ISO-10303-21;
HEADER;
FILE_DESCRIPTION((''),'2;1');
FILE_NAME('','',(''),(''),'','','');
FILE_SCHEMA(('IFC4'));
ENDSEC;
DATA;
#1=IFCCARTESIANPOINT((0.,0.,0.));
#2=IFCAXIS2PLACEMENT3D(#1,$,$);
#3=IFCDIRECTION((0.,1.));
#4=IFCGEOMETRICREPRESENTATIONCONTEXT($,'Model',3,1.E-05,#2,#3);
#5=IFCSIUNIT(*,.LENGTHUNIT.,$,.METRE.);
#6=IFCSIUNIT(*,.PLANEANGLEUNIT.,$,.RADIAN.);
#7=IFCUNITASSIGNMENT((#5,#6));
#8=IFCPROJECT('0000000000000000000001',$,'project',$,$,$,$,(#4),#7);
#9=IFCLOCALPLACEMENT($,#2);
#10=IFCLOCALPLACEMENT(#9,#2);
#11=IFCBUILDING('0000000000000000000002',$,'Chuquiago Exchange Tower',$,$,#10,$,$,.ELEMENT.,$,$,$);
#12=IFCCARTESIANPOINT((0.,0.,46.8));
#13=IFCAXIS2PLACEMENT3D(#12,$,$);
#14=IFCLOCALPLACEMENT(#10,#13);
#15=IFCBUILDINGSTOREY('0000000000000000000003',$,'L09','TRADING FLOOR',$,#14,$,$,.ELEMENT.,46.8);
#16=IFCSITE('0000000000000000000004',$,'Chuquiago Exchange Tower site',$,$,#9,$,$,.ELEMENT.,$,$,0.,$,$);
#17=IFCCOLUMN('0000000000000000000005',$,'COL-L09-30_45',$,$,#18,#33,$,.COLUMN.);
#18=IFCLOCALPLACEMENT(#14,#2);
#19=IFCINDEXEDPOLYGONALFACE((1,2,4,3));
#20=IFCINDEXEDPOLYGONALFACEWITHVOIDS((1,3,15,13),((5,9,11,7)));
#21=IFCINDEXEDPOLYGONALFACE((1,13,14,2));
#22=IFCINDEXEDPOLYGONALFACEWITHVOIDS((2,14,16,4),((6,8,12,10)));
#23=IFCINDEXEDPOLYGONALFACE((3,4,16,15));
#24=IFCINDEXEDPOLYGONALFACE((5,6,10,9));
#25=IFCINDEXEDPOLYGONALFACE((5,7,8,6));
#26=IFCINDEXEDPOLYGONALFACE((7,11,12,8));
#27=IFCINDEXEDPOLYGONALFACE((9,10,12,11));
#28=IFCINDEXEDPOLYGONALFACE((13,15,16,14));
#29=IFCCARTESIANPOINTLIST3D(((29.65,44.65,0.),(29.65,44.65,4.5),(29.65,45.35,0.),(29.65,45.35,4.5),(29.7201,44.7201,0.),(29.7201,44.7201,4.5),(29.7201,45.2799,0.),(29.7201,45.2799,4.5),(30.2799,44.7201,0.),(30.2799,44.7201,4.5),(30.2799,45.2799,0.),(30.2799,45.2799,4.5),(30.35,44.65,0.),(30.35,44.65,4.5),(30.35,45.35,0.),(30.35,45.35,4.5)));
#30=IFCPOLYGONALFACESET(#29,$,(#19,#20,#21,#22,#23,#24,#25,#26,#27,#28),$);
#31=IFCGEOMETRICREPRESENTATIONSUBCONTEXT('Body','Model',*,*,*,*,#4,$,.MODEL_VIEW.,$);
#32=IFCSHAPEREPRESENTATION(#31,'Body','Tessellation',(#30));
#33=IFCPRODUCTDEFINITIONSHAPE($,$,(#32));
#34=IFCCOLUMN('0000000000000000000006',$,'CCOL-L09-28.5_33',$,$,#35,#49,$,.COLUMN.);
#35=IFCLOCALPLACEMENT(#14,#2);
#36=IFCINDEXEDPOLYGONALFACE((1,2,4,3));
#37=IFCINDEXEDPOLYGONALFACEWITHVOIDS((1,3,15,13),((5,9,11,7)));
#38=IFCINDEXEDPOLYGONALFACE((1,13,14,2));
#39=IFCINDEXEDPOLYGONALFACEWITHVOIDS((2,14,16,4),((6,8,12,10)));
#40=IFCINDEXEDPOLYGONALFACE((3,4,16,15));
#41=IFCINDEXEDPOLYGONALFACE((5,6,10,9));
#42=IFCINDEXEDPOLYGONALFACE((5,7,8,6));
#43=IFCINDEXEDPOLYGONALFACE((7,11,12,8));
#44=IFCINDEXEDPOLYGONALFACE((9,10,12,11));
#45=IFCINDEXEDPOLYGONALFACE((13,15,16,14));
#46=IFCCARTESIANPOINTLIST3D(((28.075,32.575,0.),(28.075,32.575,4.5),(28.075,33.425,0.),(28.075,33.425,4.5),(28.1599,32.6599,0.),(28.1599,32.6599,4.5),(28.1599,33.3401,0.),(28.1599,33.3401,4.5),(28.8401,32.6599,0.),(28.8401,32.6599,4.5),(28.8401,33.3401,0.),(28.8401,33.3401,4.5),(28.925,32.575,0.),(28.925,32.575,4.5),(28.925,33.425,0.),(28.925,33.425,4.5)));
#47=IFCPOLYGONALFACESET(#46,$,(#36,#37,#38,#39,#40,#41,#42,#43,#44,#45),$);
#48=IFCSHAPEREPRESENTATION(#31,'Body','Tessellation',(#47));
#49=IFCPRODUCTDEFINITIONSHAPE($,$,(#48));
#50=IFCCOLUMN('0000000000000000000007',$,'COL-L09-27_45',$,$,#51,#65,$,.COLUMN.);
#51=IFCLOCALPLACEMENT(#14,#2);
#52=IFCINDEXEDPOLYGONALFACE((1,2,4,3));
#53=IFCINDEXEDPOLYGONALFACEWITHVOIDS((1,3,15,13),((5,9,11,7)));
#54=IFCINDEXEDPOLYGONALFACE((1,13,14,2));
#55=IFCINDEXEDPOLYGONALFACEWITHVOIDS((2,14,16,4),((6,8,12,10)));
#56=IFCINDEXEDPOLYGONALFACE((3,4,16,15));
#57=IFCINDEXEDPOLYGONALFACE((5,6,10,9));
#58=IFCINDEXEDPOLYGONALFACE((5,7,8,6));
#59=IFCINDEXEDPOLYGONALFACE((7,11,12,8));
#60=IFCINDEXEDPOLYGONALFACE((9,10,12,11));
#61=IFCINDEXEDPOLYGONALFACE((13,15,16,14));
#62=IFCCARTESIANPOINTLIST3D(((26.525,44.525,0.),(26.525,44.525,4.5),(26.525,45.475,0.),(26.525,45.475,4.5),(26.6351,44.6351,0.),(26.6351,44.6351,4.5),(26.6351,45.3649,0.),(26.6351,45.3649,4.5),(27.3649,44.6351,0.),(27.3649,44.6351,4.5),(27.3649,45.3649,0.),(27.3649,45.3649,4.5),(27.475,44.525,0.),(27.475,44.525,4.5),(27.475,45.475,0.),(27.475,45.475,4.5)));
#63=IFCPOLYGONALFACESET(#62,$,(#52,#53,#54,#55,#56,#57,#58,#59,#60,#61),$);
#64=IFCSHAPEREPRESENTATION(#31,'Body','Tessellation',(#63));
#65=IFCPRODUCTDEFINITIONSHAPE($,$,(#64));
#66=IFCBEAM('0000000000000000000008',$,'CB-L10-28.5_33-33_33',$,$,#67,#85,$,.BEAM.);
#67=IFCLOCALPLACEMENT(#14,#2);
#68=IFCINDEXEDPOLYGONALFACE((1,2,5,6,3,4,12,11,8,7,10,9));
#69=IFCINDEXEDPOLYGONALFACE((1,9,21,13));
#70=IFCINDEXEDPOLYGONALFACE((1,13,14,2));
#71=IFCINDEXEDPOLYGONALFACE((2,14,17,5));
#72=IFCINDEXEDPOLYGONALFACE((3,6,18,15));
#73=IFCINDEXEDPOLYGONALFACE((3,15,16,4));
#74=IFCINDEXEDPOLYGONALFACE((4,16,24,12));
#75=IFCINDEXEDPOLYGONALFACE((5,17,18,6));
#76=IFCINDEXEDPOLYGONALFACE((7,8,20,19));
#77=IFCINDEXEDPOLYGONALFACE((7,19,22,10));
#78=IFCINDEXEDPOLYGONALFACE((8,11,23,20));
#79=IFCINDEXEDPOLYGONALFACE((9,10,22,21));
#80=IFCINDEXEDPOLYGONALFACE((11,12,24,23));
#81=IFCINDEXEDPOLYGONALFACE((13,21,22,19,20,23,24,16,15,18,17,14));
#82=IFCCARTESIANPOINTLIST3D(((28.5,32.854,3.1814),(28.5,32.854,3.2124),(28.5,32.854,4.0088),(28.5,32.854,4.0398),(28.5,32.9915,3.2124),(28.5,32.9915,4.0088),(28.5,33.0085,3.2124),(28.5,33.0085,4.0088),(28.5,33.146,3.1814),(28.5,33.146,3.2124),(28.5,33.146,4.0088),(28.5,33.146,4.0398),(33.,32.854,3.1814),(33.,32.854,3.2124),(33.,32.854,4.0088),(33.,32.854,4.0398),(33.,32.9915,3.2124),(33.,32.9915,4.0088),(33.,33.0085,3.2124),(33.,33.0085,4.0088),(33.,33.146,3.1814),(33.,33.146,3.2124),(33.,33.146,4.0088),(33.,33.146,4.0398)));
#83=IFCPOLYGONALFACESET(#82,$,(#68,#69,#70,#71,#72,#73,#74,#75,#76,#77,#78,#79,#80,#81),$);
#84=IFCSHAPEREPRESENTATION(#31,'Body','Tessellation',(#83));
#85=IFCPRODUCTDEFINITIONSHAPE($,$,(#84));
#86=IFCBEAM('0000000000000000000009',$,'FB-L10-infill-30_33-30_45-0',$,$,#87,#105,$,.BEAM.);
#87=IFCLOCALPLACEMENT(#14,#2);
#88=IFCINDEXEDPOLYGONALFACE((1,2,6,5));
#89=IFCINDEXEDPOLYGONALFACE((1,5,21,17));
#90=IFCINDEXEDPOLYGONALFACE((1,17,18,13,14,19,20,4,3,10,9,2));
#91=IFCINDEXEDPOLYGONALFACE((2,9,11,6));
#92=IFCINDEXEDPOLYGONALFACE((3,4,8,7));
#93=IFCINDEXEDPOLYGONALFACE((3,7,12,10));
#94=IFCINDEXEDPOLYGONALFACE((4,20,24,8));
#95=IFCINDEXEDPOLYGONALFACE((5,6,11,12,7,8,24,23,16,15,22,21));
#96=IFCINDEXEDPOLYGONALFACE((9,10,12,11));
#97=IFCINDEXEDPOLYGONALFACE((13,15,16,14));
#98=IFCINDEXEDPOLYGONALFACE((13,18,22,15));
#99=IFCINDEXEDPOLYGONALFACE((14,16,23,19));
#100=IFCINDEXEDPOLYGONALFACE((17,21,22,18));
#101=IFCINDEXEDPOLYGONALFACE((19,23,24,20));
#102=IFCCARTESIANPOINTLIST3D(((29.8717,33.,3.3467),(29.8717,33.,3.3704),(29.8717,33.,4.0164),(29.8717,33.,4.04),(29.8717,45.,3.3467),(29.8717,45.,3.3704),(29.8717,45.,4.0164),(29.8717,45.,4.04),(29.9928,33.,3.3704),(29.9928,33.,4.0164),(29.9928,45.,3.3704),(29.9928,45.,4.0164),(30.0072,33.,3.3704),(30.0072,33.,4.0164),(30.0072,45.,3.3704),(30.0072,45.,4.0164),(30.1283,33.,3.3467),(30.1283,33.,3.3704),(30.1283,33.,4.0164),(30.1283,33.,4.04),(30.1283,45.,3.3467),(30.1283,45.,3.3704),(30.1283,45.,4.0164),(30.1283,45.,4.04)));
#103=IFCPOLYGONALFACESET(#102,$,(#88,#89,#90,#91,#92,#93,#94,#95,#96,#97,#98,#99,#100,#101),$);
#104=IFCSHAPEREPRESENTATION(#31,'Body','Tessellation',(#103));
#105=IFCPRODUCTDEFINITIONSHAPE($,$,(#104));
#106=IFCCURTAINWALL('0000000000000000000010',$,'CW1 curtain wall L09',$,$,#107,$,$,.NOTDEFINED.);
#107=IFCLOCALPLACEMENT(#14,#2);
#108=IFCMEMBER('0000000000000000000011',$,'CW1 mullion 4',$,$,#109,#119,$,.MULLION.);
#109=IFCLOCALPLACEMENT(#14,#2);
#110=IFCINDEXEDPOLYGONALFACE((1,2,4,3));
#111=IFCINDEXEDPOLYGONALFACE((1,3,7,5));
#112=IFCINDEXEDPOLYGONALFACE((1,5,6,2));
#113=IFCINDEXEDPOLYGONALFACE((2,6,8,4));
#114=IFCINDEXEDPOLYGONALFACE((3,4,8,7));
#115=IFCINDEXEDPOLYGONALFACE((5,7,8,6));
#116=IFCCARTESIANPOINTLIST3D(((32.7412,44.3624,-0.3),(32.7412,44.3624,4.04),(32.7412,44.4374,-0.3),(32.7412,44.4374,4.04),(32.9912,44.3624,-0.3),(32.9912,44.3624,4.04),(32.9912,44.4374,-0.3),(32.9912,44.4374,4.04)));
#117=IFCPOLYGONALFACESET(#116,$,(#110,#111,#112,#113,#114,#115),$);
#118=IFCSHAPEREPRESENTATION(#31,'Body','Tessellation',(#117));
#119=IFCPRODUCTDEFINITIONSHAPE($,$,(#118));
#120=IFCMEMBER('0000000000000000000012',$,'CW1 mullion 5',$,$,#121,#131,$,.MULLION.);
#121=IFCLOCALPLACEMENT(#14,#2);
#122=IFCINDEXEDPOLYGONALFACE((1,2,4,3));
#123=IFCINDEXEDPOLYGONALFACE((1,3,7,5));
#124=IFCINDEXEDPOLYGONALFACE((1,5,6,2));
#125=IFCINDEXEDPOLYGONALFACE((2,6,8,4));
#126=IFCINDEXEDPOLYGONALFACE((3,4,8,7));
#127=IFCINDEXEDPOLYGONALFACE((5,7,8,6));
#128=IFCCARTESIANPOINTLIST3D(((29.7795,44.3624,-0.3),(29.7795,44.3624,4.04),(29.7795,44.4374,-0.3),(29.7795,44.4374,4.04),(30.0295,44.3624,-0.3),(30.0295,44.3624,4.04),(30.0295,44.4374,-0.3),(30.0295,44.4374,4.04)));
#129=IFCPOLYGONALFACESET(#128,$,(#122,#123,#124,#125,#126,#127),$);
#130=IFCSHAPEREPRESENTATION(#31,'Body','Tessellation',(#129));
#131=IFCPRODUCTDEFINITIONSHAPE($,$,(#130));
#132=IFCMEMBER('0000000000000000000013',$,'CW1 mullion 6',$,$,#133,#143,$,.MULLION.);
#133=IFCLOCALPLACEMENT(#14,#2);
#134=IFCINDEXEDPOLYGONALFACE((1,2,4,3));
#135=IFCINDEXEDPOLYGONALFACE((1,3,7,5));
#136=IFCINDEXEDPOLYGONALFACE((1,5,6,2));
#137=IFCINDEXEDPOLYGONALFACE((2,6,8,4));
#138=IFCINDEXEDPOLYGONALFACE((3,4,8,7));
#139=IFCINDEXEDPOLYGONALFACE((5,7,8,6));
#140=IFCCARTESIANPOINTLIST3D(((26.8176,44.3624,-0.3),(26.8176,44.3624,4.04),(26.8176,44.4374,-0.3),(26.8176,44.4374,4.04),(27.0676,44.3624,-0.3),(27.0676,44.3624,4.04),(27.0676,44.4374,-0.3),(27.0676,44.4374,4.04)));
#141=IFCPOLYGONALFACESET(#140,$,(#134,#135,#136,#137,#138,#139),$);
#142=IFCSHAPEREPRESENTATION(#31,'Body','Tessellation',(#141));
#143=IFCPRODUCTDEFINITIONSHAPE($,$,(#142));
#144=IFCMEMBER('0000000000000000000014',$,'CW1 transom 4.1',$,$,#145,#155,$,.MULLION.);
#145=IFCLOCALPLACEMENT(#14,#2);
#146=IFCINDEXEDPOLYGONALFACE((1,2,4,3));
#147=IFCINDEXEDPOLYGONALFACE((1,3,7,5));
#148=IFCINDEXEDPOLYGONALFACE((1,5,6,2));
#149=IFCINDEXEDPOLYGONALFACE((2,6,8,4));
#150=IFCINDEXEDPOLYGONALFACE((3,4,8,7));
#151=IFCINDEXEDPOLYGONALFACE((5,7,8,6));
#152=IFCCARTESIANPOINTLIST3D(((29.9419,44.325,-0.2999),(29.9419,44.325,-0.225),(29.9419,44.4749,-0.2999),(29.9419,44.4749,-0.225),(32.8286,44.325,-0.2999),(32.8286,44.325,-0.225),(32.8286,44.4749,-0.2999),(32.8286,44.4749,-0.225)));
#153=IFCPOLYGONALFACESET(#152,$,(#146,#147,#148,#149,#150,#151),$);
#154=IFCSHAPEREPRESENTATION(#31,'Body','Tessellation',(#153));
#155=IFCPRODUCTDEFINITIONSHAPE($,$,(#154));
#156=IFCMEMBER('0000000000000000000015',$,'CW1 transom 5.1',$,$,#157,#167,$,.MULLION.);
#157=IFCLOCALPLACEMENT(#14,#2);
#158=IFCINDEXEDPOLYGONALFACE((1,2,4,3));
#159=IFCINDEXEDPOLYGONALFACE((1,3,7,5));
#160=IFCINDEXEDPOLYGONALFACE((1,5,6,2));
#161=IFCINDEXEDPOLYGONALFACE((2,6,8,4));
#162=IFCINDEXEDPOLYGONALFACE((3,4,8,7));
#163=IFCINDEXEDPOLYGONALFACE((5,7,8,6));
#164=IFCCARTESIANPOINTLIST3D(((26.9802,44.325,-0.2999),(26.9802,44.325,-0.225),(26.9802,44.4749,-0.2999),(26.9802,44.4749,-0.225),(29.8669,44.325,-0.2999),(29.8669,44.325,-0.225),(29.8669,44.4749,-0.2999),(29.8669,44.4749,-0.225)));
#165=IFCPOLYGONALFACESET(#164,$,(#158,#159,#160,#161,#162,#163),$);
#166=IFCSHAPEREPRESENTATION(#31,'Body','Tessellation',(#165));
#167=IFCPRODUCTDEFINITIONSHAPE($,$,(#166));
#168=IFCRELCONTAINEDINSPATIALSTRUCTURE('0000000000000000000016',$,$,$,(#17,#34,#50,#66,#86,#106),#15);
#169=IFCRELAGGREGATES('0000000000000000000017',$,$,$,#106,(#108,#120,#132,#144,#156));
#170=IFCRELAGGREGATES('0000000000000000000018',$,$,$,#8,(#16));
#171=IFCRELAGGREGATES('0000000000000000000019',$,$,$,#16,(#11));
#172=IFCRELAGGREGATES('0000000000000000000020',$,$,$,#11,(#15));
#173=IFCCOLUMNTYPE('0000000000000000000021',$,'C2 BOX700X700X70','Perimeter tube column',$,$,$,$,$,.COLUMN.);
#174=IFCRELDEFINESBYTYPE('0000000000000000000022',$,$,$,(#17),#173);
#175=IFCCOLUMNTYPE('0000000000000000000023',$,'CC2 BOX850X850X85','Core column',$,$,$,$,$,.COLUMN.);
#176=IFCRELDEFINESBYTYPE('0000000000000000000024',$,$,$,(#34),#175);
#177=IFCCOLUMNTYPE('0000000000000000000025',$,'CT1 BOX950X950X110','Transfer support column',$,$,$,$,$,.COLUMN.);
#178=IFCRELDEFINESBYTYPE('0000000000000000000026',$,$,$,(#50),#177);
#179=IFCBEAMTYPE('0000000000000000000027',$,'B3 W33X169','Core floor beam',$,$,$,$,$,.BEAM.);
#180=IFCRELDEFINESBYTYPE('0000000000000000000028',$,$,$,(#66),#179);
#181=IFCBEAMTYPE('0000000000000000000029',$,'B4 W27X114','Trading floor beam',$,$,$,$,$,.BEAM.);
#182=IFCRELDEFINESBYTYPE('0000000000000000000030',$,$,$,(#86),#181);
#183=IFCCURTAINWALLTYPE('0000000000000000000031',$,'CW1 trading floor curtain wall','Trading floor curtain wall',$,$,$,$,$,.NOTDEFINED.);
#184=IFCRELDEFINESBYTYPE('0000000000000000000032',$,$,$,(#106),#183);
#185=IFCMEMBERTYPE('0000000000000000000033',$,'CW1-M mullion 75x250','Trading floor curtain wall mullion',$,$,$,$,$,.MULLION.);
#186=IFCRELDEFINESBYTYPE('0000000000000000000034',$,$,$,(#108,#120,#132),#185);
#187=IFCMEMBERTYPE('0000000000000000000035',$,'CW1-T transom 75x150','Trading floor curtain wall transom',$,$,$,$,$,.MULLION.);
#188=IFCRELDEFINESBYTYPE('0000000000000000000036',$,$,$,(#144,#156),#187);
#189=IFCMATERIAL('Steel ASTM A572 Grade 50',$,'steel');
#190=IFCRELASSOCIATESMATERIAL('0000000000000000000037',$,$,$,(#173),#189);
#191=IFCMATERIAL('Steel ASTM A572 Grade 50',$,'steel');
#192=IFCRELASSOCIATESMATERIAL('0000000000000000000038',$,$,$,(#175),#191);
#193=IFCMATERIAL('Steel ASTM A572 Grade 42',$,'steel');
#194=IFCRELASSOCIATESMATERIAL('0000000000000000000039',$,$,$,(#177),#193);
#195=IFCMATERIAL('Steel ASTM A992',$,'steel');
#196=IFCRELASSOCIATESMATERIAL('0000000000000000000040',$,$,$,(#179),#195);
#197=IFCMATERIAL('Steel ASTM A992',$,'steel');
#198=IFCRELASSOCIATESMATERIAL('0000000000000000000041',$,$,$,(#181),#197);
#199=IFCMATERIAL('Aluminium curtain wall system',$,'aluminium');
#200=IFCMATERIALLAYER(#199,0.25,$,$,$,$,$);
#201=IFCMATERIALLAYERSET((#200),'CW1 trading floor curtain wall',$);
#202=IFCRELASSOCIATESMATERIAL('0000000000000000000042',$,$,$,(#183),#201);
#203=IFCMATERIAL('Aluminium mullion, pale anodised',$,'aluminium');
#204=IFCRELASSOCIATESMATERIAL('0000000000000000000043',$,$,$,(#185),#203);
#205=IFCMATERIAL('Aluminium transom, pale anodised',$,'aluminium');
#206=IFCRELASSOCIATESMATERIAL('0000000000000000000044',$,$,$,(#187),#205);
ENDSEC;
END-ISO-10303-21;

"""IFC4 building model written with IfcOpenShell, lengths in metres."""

from ifc_helpers import new_model, si_unit, direction, frame, origin, origin_2d, place, context, subcontext, project, spatial, rectangle, hollow_rectangle, i_section, extrude, material, layer, layer_set, material_profile, profile_set, type_object, element, aggregate, save


model = new_model("IFC4")

# Units and contexts
model_context = context("Model", 3, precision=1e-05, world=origin(), true_north=direction((0.0, 1.0)))
body_context = subcontext(model_context, "Body", "Model", "MODEL_VIEW")
ifc_project = project(units=[si_unit("LENGTHUNIT", "METRE"), si_unit("PLANEANGLEUNIT", "RADIAN")], contexts=[model_context])

# Site, building, storey
site_placement = place(None, origin())
site = spatial("IfcSite", under=ifc_project, at=site_placement, Name="Chuquiago Exchange Tower site", CompositionType="ELEMENT", RefElevation=0.0)
building_placement = place(site_placement, origin())
building = spatial("IfcBuilding", under=site, at=building_placement, Name="Chuquiago Exchange Tower", CompositionType="ELEMENT")
storey_placement = place(building_placement, frame((0.0, 0.0, 46.8)))
storey = spatial("IfcBuildingStorey", under=building, at=storey_placement, Name="L09", Description="TRADING FLOOR", CompositionType="ELEMENT", Elevation=46.8)

# Columns
ifc_material_1 = material(Name="Steel ASTM A572 Grade 50", Category="steel")
ifc_material_profile_1 = material_profile(ifc_material_1, hollow_rectangle(XDim=0.7, YDim=0.7, WallThickness=0.0701, at=origin_2d()), Name="BOX700X700X70")
ifc_profile_set_1 = profile_set([ifc_material_profile_1], Name="Steel ASTM A572 Grade 50")
column_type_1 = type_object("IfcColumnType", Name="C2 BOX700X700X70", Description="Perimeter tube column", PredefinedType="COLUMN", material=ifc_profile_set_1)
column_1_placement = place(storey_placement, frame((30.0, 45.0, 0.0), z_axis=(0.0, 0.0, 1.0), x_axis=(0.0, 1.0, 0.0)))
element("IfcColumn", 1, at=column_1_placement, inside=storey, type_object=column_type_1, Name="COL-L09-30_45", PredefinedType="COLUMN", context=body_context, shape_type="SweptSolid", body=[
    extrude(hollow_rectangle(XDim=0.7, YDim=0.7, WallThickness=0.0701, at=origin_2d()), origin(), (0.0, 0.0, 1.0), 4.5),
])
ifc_material_2 = material(Name="Steel ASTM A572 Grade 50", Category="steel")
ifc_material_profile_2 = material_profile(ifc_material_2, hollow_rectangle(XDim=0.8501, YDim=0.8501, WallThickness=0.085, at=origin_2d()), Name="BOX850X850X85")
ifc_profile_set_2 = profile_set([ifc_material_profile_2], Name="Steel ASTM A572 Grade 50")
column_type_2 = type_object("IfcColumnType", Name="CC2 BOX850X850X85", Description="Core column", PredefinedType="COLUMN", material=ifc_profile_set_2)
column_2_placement = place(storey_placement, frame((28.5, 33.0, 0.0), z_axis=(0.0, 0.0, 1.0), x_axis=(1.0, 0.0, 0.0)))
element("IfcColumn", 2, at=column_2_placement, inside=storey, type_object=column_type_2, Name="CCOL-L09-28.5_33", PredefinedType="COLUMN", context=body_context, shape_type="SweptSolid", body=[
    extrude(hollow_rectangle(XDim=0.8501, YDim=0.8501, WallThickness=0.085, at=origin_2d()), origin(), (0.0, 0.0, 1.0), 4.5),
])
ifc_material_3 = material(Name="Steel ASTM A572 Grade 42", Category="steel")
ifc_material_profile_3 = material_profile(ifc_material_3, hollow_rectangle(XDim=0.95, YDim=0.95, WallThickness=0.1101, at=origin_2d()), Name="BOX950X950X110")
ifc_profile_set_3 = profile_set([ifc_material_profile_3], Name="Steel ASTM A572 Grade 42")
column_type_3 = type_object("IfcColumnType", Name="CT1 BOX950X950X110", Description="Transfer support column", PredefinedType="COLUMN", material=ifc_profile_set_3)
column_3_placement = place(storey_placement, frame((27.0, 45.0, 0.0), z_axis=(0.0, 0.0, 1.0), x_axis=(0.0, 1.0, 0.0)))
element("IfcColumn", 3, at=column_3_placement, inside=storey, type_object=column_type_3, Name="COL-L09-27_45", PredefinedType="COLUMN", context=body_context, shape_type="SweptSolid", body=[
    extrude(hollow_rectangle(XDim=0.95, YDim=0.95, WallThickness=0.1101, at=origin_2d()), origin(), (0.0, 0.0, 1.0), 4.5),
])

# Beams
ifc_material_4 = material(Name="Steel ASTM A992", Category="steel")
ifc_material_profile_4 = material_profile(ifc_material_4, i_section(OverallWidth=0.292, OverallDepth=0.8584, WebThickness=0.0171, FlangeThickness=0.031, at=origin_2d()), Name="W33X169")
ifc_profile_set_4 = profile_set([ifc_material_profile_4], Name="Steel ASTM A992")
beam_type_1 = type_object("IfcBeamType", Name="B3 W33X169", Description="Core floor beam", PredefinedType="BEAM", material=ifc_profile_set_4)
beam_1_placement = place(storey_placement, frame((28.5, 33.0, 3.6106), z_axis=(1.0, 0.0, 0.0), x_axis=(0.0, 1.0, 0.0)))
element("IfcBeam", 4, at=beam_1_placement, inside=storey, type_object=beam_type_1, Name="CB-L10-28.5_33-33_33", PredefinedType="BEAM", context=body_context, shape_type="SweptSolid", body=[
    extrude(i_section(OverallWidth=0.292, OverallDepth=0.8584, WebThickness=0.0171, FlangeThickness=0.031, at=origin_2d()), origin(), (0.0, 0.0, 1.0), 4.5),
])
ifc_material_5 = material(Name="Steel ASTM A992", Category="steel")
ifc_material_profile_5 = material_profile(ifc_material_5, i_section(OverallWidth=0.2566, OverallDepth=0.6934, WebThickness=0.0144, FlangeThickness=0.0237, at=origin_2d()), Name="W27X114")
ifc_profile_set_5 = profile_set([ifc_material_profile_5], Name="Steel ASTM A992")
beam_type_2 = type_object("IfcBeamType", Name="B4 W27X114", Description="Trading floor beam", PredefinedType="BEAM", material=ifc_profile_set_5)
beam_2_placement = place(storey_placement, frame((30.0, 33.0, 3.6934), z_axis=(0.0, 1.0, 0.0), x_axis=(-1.0, 0.0, 0.0)))
element("IfcBeam", 5, at=beam_2_placement, inside=storey, type_object=beam_type_2, Name="FB-L10-infill-30_33-30_45-0", PredefinedType="BEAM", context=body_context, shape_type="SweptSolid", body=[
    extrude(i_section(OverallWidth=0.2566, OverallDepth=0.6934, WebThickness=0.0144, FlangeThickness=0.0237, at=origin_2d()), origin(), (0.0, 0.0, 1.0), 12.0),
])

# Curtain wall, members
ifc_material_6 = material(Name="Aluminium curtain wall system", Category="aluminium")
ifc_layer_1 = layer(ifc_material_6, 0.25)
ifc_layer_set_1 = layer_set([ifc_layer_1], Name="CW1 trading floor curtain wall")
curtain_wall_type = type_object("IfcCurtainWallType", Name="CW1 trading floor curtain wall", Description="Trading floor curtain wall", PredefinedType="NOTDEFINED", material=ifc_layer_set_1)
curtain_wall_placement = place(storey_placement, origin())
curtain_wall = element("IfcCurtainWall", 6, at=curtain_wall_placement, inside=storey, type_object=curtain_wall_type, Name="CW1 curtain wall L09", PredefinedType="NOTDEFINED")
ifc_material_7 = material(Name="Aluminium mullion, pale anodised", Category="aluminium")
ifc_material_profile_6 = material_profile(ifc_material_7, rectangle(XDim=0.075, YDim=0.25, at=origin_2d()), Name="AL 75x250")
ifc_profile_set_6 = profile_set([ifc_material_profile_6], Name="Aluminium mullion, pale anodised")
member_type_1 = type_object("IfcMemberType", Name="CW1-M mullion 75x250", Description="Trading floor curtain wall mullion", PredefinedType="MULLION", material=ifc_profile_set_6)
member_1_placement = place(storey_placement, frame((32.8662, 44.3999, -0.3), z_axis=(0.0, 0.0, 1.0), x_axis=(0.0, -1.0, 0.0)))
member_1 = element("IfcMember", 7, at=member_1_placement, type_object=member_type_1, Name="CW1 mullion 4", PredefinedType="MULLION", context=body_context, shape_type="SweptSolid", body=[
    extrude(rectangle(XDim=0.075, YDim=0.25, at=origin_2d()), origin(), (0.0, 0.0, 1.0), 4.3401),
])
member_2_placement = place(storey_placement, frame((29.9045, 44.3999, -0.3), z_axis=(0.0, 0.0, 1.0), x_axis=(0.0, -1.0, 0.0)))
member_2 = element("IfcMember", 8, at=member_2_placement, type_object=member_type_1, Name="CW1 mullion 5", PredefinedType="MULLION", context=body_context, shape_type="SweptSolid", body=[
    extrude(rectangle(XDim=0.075, YDim=0.25, at=origin_2d()), origin(), (0.0, 0.0, 1.0), 4.3401),
])
member_3_placement = place(storey_placement, frame((26.9426, 44.3999, -0.3), z_axis=(0.0, 0.0, 1.0), x_axis=(0.0, -1.0, 0.0)))
member_3 = element("IfcMember", 9, at=member_3_placement, type_object=member_type_1, Name="CW1 mullion 6", PredefinedType="MULLION", context=body_context, shape_type="SweptSolid", body=[
    extrude(rectangle(XDim=0.075, YDim=0.25, at=origin_2d()), origin(), (0.0, 0.0, 1.0), 4.3401),
])
ifc_material_8 = material(Name="Aluminium transom, pale anodised", Category="aluminium")
ifc_material_profile_7 = material_profile(ifc_material_8, rectangle(XDim=0.1499, YDim=0.075, at=origin_2d()), Name="AL 150x75")
ifc_profile_set_7 = profile_set([ifc_material_profile_7], Name="Aluminium transom, pale anodised")
member_type_2 = type_object("IfcMemberType", Name="CW1-T transom 75x150", Description="Trading floor curtain wall transom", PredefinedType="MULLION", material=ifc_profile_set_7)
member_4_placement = place(storey_placement, frame((32.8286, 44.3999, -0.2625), z_axis=(-1.0, 0.0, 0.0), x_axis=(0.0, -1.0, 0.0)))
member_4 = element("IfcMember", 10, at=member_4_placement, type_object=member_type_2, Name="CW1 transom 4.1", PredefinedType="MULLION", context=body_context, shape_type="SweptSolid", body=[
    extrude(rectangle(XDim=0.1499, YDim=0.075, at=origin_2d()), origin(), (0.0, 0.0, 1.0), 2.8867),
])
member_5_placement = place(storey_placement, frame((29.8669, 44.3999, -0.2625), z_axis=(-1.0, 0.0, 0.0), x_axis=(0.0, -1.0, 0.0)))
member_5 = element("IfcMember", 11, at=member_5_placement, type_object=member_type_2, Name="CW1 transom 5.1", PredefinedType="MULLION", context=body_context, shape_type="SweptSolid", body=[
    extrude(rectangle(XDim=0.1499, YDim=0.075, at=origin_2d()), origin(), (0.0, 0.0, 1.0), 2.8867),
])

aggregate(curtain_wall, [member_1, member_2, member_3, member_4, member_5])

save(model, "model.ifc")
